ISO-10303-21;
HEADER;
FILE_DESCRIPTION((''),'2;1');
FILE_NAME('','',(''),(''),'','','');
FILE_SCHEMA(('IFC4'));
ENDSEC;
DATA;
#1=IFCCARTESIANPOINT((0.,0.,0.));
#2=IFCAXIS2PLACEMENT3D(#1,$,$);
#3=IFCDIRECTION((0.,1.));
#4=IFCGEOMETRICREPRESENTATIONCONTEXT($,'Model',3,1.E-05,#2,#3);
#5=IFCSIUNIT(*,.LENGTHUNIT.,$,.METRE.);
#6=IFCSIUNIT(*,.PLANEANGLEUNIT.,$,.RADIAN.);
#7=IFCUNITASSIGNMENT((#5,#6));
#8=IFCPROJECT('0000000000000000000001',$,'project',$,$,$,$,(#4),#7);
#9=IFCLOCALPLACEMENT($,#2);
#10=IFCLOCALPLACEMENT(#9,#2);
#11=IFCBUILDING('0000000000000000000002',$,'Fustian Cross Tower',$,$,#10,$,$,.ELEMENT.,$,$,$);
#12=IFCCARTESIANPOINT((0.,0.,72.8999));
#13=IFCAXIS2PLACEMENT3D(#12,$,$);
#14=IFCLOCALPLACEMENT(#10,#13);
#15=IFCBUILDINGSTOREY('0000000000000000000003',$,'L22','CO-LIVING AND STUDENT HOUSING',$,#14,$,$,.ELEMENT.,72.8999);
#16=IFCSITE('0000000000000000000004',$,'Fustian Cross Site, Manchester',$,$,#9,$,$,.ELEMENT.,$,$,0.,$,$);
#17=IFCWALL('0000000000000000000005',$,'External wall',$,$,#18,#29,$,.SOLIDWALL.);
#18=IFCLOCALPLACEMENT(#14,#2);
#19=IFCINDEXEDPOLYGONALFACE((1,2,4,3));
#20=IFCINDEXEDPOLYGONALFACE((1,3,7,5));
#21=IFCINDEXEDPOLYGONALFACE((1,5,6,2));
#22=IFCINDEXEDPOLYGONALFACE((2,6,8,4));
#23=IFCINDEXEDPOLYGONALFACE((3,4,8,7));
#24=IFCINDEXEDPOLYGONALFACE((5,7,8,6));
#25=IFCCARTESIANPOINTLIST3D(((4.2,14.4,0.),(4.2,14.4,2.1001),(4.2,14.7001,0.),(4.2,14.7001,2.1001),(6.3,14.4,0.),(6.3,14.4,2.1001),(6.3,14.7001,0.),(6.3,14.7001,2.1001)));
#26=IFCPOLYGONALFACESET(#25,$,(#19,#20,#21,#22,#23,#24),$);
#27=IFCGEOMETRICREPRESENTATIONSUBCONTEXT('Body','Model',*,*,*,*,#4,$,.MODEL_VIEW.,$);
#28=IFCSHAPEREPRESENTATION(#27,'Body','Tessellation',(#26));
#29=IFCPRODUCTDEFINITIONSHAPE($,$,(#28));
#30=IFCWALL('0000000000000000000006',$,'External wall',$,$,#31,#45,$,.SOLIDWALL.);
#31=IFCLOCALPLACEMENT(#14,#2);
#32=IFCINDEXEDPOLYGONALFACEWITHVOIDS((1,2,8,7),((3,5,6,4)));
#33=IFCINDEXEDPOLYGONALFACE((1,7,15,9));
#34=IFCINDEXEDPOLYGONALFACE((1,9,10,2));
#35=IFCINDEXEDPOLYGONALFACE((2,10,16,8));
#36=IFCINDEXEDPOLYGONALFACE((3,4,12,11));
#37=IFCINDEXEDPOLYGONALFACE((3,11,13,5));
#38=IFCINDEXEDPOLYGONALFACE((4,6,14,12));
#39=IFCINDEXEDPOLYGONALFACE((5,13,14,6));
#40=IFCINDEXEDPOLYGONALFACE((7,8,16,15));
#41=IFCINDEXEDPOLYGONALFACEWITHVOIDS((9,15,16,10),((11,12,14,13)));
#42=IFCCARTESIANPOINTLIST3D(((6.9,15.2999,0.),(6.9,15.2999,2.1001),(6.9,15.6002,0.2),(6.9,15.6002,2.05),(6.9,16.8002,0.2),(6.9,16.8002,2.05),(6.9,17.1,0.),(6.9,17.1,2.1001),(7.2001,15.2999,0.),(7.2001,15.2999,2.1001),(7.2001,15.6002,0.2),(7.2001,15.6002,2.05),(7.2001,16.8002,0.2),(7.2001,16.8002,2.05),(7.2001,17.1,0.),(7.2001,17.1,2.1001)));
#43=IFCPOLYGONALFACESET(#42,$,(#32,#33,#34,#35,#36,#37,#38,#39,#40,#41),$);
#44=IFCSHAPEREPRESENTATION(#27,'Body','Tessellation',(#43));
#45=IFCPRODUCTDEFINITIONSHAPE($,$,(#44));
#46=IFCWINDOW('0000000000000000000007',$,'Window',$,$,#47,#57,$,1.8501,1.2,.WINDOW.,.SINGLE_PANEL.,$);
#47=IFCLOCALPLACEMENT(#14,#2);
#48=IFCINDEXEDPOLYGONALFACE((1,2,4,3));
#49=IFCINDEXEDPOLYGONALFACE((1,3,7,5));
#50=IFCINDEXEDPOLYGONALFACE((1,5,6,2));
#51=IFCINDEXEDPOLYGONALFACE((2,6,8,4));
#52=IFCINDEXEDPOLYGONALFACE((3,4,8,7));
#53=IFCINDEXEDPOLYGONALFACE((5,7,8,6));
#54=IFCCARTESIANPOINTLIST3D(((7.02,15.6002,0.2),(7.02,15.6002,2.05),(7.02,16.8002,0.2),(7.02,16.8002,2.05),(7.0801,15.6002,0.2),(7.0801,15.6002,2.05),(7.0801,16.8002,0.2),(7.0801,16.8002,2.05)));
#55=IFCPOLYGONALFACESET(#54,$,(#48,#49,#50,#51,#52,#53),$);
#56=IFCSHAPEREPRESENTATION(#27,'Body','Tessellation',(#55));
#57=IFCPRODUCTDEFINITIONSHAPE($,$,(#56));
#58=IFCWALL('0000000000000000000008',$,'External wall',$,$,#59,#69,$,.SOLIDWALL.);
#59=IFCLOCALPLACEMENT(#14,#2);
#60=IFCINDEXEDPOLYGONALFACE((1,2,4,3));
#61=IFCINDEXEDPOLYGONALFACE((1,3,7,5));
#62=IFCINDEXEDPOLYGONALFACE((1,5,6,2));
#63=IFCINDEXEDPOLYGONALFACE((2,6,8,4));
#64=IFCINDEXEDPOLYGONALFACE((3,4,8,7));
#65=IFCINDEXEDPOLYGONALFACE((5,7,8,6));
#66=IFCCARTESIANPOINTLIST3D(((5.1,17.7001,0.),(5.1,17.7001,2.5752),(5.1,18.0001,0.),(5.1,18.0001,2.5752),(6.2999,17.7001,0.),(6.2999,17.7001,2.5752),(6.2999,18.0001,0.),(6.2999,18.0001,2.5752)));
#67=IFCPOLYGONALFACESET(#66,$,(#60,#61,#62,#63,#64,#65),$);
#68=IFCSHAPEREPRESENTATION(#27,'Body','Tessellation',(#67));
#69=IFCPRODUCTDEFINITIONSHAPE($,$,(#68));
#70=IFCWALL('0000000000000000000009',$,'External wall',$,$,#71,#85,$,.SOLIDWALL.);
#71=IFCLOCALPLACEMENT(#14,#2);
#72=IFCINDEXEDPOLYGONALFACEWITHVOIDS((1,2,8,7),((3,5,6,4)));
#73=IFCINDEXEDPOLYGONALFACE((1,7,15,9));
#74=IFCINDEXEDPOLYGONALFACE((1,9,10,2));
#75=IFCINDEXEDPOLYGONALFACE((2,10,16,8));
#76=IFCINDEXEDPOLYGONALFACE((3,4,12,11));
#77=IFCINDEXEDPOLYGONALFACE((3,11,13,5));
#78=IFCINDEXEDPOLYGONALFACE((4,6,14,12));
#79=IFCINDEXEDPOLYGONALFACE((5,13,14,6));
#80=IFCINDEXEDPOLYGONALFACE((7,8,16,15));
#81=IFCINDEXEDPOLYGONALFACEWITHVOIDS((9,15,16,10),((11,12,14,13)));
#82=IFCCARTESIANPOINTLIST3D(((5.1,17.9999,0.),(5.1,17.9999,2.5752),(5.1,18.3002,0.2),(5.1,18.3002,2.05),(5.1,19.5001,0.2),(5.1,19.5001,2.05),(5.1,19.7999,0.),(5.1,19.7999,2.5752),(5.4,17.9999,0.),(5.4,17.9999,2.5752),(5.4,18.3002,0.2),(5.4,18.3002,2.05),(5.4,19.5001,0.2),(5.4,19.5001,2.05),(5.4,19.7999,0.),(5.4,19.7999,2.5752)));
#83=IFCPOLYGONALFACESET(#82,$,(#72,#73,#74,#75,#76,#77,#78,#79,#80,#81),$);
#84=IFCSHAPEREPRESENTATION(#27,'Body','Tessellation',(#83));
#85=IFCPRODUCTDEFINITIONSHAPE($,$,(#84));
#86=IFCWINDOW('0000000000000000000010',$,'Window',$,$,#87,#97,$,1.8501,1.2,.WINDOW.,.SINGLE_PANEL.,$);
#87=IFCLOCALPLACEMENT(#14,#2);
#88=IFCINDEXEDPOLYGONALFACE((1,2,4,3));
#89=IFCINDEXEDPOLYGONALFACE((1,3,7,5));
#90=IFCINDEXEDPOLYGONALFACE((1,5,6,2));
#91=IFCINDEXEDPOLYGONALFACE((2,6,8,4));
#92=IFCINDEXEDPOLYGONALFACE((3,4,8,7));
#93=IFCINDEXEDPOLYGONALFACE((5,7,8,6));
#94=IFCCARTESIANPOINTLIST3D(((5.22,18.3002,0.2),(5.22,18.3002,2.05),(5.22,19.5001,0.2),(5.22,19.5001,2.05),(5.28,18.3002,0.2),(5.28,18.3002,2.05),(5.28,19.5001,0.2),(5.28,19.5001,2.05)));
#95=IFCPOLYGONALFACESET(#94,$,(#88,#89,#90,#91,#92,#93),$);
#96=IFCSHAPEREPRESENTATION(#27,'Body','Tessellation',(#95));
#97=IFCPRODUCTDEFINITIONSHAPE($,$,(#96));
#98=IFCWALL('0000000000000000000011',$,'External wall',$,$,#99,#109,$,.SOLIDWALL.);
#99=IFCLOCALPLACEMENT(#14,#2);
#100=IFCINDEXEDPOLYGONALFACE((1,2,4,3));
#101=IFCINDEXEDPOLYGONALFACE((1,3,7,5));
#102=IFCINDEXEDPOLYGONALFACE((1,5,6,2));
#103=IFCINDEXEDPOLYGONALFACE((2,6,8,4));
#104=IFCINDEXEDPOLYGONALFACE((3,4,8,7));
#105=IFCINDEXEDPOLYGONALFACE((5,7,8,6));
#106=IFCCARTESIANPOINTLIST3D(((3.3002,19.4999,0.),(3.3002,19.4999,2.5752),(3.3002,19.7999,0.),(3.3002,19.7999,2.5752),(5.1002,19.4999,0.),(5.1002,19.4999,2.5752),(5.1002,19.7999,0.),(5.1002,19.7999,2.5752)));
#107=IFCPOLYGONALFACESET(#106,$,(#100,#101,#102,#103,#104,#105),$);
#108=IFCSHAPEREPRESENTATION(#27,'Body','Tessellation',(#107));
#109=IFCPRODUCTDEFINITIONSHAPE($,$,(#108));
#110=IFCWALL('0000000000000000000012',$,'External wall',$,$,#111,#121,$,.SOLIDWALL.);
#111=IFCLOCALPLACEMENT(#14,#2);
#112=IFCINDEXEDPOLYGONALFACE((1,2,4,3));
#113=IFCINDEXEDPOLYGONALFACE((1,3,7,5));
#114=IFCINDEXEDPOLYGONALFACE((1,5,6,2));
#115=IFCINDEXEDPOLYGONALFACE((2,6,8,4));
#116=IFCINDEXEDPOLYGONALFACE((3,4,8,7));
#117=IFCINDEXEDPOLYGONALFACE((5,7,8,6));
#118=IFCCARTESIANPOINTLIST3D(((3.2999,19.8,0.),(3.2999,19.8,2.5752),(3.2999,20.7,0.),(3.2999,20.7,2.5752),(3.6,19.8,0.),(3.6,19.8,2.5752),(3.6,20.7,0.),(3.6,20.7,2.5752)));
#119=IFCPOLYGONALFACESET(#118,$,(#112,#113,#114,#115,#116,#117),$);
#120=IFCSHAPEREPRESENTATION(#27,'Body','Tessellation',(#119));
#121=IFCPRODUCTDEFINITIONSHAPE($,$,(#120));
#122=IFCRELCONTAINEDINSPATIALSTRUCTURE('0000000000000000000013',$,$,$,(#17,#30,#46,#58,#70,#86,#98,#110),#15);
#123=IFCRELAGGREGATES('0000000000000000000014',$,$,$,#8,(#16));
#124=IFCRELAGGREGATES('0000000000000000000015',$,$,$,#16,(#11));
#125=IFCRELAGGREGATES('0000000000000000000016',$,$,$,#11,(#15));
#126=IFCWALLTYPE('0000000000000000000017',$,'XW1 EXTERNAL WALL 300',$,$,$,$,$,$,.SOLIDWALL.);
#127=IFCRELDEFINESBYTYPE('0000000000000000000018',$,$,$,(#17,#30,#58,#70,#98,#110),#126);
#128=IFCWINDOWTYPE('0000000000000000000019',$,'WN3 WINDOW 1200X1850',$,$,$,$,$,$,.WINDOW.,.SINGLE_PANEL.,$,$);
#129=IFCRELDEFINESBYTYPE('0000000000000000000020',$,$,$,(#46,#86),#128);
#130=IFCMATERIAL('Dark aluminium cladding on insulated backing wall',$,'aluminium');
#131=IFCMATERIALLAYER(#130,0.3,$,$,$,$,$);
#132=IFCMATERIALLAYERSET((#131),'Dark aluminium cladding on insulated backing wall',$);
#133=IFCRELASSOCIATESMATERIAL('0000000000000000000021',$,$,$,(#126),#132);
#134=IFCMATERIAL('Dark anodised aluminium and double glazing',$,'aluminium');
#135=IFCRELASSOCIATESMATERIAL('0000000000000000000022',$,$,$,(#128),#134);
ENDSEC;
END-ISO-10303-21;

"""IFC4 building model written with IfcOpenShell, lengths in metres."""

from ifc_helpers import new_model, si_unit, direction, frame, frame_2d, origin, place, context, subcontext, project, spatial, rectangle, extrude, material, layer, layer_set, type_object, element, fill, save


model = new_model("IFC4")

# Units and contexts
model_context = context("Model", 3, precision=1e-05, world=origin(), true_north=direction((0.0, 1.0)))
body_context = subcontext(model_context, "Body", "Model", "MODEL_VIEW")
ifc_project = project(units=[si_unit("LENGTHUNIT", "METRE"), si_unit("PLANEANGLEUNIT", "RADIAN")], contexts=[model_context])

# Site, building, storey
site_placement = place(None, origin())
site = spatial("IfcSite", under=ifc_project, at=site_placement, Name="Fustian Cross Site, Manchester", CompositionType="ELEMENT", RefElevation=0.0)
building_placement = place(site_placement, origin())
building = spatial("IfcBuilding", under=site, at=building_placement, Name="Fustian Cross Tower", CompositionType="ELEMENT")
storey_placement = place(building_placement, frame((0.0, 0.0, 72.8999)))
storey = spatial("IfcBuildingStorey", under=building, at=storey_placement, Name="L22", Description="CO-LIVING AND STUDENT HOUSING", CompositionType="ELEMENT", Elevation=72.8999)

# Wall
ifc_material_1 = material(Name="Dark aluminium cladding on insulated backing wall", Category="aluminium")
ifc_layer_1 = layer(ifc_material_1, 0.3)
ifc_layer_set_1 = layer_set([ifc_layer_1], Name="Dark aluminium cladding on insulated backing wall")
wall_type_1 = type_object("IfcWallType", Name="XW1 EXTERNAL WALL 300", PredefinedType="SOLIDWALL", material=ifc_layer_set_1)
wall_1_placement = place(storey_placement, frame((4.2, 14.55, 0.0), z_axis=(0.0, 0.0, 1.0), x_axis=(1.0, 0.0, 0.0)))
element("IfcWall", 1, at=wall_1_placement, inside=storey, type_object=wall_type_1, Name="External wall", PredefinedType="SOLIDWALL", context=body_context, shape_type="SweptSolid", body=[
    extrude(rectangle(XDim=2.1001, YDim=0.3, at=frame_2d((1.05, 0.0))), origin(), (0.0, 0.0, 1.0), 2.1001),
])

# Wall, opening, window
wall_2_placement = place(storey_placement, frame((7.05, 15.3, 0.0), z_axis=(0.0, 0.0, 1.0), x_axis=(0.0, 1.0, 0.0)))
wall_2 = element("IfcWall", 2, at=wall_2_placement, inside=storey, type_object=wall_type_1, Name="External wall", PredefinedType="SOLIDWALL", context=body_context, shape_type="SweptSolid", body=[
    extrude(rectangle(XDim=1.8, YDim=0.3, at=frame_2d((0.8999, 0.0))), origin(), (0.0, 0.0, 1.0), 2.1001),
])
opening_1_placement = place(wall_2_placement, frame((0.3, 0.0, 0.2)))
opening_1 = element("IfcOpeningElement", 3, at=opening_1_placement, cuts=wall_2, PredefinedType="OPENING", context=body_context, shape_type="SweptSolid", body=[
    extrude(rectangle(XDim=1.2, YDim=1.8501, at=frame_2d((0.6001, 0.925))), frame((0.0, 0.1599, 0.0), z_axis=(0.0, -1.0, 0.0), x_axis=(1.0, 0.0, 0.0)), (0.0, 0.0, 1.0), 0.3201),
])
ifc_material_2 = material(Name="Dark anodised aluminium and double glazing", Category="aluminium")
window_type_1 = type_object("IfcWindowType", Name="WN3 WINDOW 1200X1850", PartitioningType="SINGLE_PANEL", PredefinedType="WINDOW", material=ifc_material_2)
window_1_placement = place(opening_1_placement, origin())
window_1 = element("IfcWindow", 4, at=window_1_placement, inside=storey, type_object=window_type_1, Name="Window", OverallHeight=1.8501, OverallWidth=1.2, PartitioningType="SINGLE_PANEL", PredefinedType="WINDOW", context=body_context, shape_type="SweptSolid", body=[
    extrude(rectangle(XDim=1.2, YDim=1.8501, at=frame_2d((0.6001, 0.925))), frame((0.0, 0.03, 0.0), z_axis=(0.0, -1.0, 0.0), x_axis=(1.0, 0.0, 0.0)), (0.0, 0.0, 1.0), 0.0601),
])
fill(opening_1, window_1)

# Wall
wall_3_placement = place(storey_placement, frame((6.3, 17.8501, 0.0), z_axis=(0.0, 0.0, 1.0), x_axis=(-1.0, 0.0, 0.0)))
element("IfcWall", 5, at=wall_3_placement, inside=storey, type_object=wall_type_1, Name="External wall", PredefinedType="SOLIDWALL", context=body_context, shape_type="SweptSolid", body=[
    extrude(rectangle(XDim=1.2, YDim=0.3, at=frame_2d((0.6001, 0.0))), origin(), (0.0, 0.0, 1.0), 2.5752),
])

# Wall, opening, window
wall_4_placement = place(storey_placement, frame((5.25, 18.0, 0.0), z_axis=(0.0, 0.0, 1.0), x_axis=(0.0, 1.0, 0.0)))
wall_4 = element("IfcWall", 6, at=wall_4_placement, inside=storey, type_object=wall_type_1, Name="External wall", PredefinedType="SOLIDWALL", context=body_context, shape_type="SweptSolid", body=[
    extrude(rectangle(XDim=1.8, YDim=0.3, at=frame_2d((0.8999, 0.0))), origin(), (0.0, 0.0, 1.0), 2.5752),
])
opening_2_placement = place(wall_4_placement, frame((0.3, 0.0, 0.2)))
opening_2 = element("IfcOpeningElement", 7, at=opening_2_placement, cuts=wall_4, PredefinedType="OPENING", context=body_context, shape_type="SweptSolid", body=[
    extrude(rectangle(XDim=1.2, YDim=1.8501, at=frame_2d((0.6001, 0.925))), frame((0.0, 0.1599, 0.0), z_axis=(0.0, -1.0, 0.0), x_axis=(1.0, 0.0, 0.0)), (0.0, 0.0, 1.0), 0.3201),
])
window_2_placement = place(opening_2_placement, origin())
window_2 = element("IfcWindow", 8, at=window_2_placement, inside=storey, type_object=window_type_1, Name="Window", OverallHeight=1.8501, OverallWidth=1.2, PartitioningType="SINGLE_PANEL", PredefinedType="WINDOW", context=body_context, shape_type="SweptSolid", body=[
    extrude(rectangle(XDim=1.2, YDim=1.8501, at=frame_2d((0.6001, 0.925))), frame((0.0, 0.03, 0.0), z_axis=(0.0, -1.0, 0.0), x_axis=(1.0, 0.0, 0.0)), (0.0, 0.0, 1.0), 0.0601),
])
fill(opening_2, window_2)

# Walls
wall_5_placement = place(storey_placement, frame((5.1001, 19.6499, 0.0), z_axis=(0.0, 0.0, 1.0), x_axis=(-1.0, 0.0, 0.0)))
element("IfcWall", 9, at=wall_5_placement, inside=storey, type_object=wall_type_1, Name="External wall", PredefinedType="SOLIDWALL", context=body_context, shape_type="SweptSolid", body=[
    extrude(rectangle(XDim=1.8, YDim=0.3, at=frame_2d((0.8999, 0.0))), origin(), (0.0, 0.0, 1.0), 2.5752),
])
wall_6_placement = place(storey_placement, frame((3.45, 19.8, 0.0), z_axis=(0.0, 0.0, 1.0), x_axis=(0.0, 1.0, 0.0)))
element("IfcWall", 10, at=wall_6_placement, inside=storey, type_object=wall_type_1, Name="External wall", PredefinedType="SOLIDWALL", context=body_context, shape_type="SweptSolid", body=[
    extrude(rectangle(XDim=0.8999, YDim=0.3, at=frame_2d((0.45, 0.0))), origin(), (0.0, 0.0, 1.0), 2.5752),
])

save(model, "model.ifc")
